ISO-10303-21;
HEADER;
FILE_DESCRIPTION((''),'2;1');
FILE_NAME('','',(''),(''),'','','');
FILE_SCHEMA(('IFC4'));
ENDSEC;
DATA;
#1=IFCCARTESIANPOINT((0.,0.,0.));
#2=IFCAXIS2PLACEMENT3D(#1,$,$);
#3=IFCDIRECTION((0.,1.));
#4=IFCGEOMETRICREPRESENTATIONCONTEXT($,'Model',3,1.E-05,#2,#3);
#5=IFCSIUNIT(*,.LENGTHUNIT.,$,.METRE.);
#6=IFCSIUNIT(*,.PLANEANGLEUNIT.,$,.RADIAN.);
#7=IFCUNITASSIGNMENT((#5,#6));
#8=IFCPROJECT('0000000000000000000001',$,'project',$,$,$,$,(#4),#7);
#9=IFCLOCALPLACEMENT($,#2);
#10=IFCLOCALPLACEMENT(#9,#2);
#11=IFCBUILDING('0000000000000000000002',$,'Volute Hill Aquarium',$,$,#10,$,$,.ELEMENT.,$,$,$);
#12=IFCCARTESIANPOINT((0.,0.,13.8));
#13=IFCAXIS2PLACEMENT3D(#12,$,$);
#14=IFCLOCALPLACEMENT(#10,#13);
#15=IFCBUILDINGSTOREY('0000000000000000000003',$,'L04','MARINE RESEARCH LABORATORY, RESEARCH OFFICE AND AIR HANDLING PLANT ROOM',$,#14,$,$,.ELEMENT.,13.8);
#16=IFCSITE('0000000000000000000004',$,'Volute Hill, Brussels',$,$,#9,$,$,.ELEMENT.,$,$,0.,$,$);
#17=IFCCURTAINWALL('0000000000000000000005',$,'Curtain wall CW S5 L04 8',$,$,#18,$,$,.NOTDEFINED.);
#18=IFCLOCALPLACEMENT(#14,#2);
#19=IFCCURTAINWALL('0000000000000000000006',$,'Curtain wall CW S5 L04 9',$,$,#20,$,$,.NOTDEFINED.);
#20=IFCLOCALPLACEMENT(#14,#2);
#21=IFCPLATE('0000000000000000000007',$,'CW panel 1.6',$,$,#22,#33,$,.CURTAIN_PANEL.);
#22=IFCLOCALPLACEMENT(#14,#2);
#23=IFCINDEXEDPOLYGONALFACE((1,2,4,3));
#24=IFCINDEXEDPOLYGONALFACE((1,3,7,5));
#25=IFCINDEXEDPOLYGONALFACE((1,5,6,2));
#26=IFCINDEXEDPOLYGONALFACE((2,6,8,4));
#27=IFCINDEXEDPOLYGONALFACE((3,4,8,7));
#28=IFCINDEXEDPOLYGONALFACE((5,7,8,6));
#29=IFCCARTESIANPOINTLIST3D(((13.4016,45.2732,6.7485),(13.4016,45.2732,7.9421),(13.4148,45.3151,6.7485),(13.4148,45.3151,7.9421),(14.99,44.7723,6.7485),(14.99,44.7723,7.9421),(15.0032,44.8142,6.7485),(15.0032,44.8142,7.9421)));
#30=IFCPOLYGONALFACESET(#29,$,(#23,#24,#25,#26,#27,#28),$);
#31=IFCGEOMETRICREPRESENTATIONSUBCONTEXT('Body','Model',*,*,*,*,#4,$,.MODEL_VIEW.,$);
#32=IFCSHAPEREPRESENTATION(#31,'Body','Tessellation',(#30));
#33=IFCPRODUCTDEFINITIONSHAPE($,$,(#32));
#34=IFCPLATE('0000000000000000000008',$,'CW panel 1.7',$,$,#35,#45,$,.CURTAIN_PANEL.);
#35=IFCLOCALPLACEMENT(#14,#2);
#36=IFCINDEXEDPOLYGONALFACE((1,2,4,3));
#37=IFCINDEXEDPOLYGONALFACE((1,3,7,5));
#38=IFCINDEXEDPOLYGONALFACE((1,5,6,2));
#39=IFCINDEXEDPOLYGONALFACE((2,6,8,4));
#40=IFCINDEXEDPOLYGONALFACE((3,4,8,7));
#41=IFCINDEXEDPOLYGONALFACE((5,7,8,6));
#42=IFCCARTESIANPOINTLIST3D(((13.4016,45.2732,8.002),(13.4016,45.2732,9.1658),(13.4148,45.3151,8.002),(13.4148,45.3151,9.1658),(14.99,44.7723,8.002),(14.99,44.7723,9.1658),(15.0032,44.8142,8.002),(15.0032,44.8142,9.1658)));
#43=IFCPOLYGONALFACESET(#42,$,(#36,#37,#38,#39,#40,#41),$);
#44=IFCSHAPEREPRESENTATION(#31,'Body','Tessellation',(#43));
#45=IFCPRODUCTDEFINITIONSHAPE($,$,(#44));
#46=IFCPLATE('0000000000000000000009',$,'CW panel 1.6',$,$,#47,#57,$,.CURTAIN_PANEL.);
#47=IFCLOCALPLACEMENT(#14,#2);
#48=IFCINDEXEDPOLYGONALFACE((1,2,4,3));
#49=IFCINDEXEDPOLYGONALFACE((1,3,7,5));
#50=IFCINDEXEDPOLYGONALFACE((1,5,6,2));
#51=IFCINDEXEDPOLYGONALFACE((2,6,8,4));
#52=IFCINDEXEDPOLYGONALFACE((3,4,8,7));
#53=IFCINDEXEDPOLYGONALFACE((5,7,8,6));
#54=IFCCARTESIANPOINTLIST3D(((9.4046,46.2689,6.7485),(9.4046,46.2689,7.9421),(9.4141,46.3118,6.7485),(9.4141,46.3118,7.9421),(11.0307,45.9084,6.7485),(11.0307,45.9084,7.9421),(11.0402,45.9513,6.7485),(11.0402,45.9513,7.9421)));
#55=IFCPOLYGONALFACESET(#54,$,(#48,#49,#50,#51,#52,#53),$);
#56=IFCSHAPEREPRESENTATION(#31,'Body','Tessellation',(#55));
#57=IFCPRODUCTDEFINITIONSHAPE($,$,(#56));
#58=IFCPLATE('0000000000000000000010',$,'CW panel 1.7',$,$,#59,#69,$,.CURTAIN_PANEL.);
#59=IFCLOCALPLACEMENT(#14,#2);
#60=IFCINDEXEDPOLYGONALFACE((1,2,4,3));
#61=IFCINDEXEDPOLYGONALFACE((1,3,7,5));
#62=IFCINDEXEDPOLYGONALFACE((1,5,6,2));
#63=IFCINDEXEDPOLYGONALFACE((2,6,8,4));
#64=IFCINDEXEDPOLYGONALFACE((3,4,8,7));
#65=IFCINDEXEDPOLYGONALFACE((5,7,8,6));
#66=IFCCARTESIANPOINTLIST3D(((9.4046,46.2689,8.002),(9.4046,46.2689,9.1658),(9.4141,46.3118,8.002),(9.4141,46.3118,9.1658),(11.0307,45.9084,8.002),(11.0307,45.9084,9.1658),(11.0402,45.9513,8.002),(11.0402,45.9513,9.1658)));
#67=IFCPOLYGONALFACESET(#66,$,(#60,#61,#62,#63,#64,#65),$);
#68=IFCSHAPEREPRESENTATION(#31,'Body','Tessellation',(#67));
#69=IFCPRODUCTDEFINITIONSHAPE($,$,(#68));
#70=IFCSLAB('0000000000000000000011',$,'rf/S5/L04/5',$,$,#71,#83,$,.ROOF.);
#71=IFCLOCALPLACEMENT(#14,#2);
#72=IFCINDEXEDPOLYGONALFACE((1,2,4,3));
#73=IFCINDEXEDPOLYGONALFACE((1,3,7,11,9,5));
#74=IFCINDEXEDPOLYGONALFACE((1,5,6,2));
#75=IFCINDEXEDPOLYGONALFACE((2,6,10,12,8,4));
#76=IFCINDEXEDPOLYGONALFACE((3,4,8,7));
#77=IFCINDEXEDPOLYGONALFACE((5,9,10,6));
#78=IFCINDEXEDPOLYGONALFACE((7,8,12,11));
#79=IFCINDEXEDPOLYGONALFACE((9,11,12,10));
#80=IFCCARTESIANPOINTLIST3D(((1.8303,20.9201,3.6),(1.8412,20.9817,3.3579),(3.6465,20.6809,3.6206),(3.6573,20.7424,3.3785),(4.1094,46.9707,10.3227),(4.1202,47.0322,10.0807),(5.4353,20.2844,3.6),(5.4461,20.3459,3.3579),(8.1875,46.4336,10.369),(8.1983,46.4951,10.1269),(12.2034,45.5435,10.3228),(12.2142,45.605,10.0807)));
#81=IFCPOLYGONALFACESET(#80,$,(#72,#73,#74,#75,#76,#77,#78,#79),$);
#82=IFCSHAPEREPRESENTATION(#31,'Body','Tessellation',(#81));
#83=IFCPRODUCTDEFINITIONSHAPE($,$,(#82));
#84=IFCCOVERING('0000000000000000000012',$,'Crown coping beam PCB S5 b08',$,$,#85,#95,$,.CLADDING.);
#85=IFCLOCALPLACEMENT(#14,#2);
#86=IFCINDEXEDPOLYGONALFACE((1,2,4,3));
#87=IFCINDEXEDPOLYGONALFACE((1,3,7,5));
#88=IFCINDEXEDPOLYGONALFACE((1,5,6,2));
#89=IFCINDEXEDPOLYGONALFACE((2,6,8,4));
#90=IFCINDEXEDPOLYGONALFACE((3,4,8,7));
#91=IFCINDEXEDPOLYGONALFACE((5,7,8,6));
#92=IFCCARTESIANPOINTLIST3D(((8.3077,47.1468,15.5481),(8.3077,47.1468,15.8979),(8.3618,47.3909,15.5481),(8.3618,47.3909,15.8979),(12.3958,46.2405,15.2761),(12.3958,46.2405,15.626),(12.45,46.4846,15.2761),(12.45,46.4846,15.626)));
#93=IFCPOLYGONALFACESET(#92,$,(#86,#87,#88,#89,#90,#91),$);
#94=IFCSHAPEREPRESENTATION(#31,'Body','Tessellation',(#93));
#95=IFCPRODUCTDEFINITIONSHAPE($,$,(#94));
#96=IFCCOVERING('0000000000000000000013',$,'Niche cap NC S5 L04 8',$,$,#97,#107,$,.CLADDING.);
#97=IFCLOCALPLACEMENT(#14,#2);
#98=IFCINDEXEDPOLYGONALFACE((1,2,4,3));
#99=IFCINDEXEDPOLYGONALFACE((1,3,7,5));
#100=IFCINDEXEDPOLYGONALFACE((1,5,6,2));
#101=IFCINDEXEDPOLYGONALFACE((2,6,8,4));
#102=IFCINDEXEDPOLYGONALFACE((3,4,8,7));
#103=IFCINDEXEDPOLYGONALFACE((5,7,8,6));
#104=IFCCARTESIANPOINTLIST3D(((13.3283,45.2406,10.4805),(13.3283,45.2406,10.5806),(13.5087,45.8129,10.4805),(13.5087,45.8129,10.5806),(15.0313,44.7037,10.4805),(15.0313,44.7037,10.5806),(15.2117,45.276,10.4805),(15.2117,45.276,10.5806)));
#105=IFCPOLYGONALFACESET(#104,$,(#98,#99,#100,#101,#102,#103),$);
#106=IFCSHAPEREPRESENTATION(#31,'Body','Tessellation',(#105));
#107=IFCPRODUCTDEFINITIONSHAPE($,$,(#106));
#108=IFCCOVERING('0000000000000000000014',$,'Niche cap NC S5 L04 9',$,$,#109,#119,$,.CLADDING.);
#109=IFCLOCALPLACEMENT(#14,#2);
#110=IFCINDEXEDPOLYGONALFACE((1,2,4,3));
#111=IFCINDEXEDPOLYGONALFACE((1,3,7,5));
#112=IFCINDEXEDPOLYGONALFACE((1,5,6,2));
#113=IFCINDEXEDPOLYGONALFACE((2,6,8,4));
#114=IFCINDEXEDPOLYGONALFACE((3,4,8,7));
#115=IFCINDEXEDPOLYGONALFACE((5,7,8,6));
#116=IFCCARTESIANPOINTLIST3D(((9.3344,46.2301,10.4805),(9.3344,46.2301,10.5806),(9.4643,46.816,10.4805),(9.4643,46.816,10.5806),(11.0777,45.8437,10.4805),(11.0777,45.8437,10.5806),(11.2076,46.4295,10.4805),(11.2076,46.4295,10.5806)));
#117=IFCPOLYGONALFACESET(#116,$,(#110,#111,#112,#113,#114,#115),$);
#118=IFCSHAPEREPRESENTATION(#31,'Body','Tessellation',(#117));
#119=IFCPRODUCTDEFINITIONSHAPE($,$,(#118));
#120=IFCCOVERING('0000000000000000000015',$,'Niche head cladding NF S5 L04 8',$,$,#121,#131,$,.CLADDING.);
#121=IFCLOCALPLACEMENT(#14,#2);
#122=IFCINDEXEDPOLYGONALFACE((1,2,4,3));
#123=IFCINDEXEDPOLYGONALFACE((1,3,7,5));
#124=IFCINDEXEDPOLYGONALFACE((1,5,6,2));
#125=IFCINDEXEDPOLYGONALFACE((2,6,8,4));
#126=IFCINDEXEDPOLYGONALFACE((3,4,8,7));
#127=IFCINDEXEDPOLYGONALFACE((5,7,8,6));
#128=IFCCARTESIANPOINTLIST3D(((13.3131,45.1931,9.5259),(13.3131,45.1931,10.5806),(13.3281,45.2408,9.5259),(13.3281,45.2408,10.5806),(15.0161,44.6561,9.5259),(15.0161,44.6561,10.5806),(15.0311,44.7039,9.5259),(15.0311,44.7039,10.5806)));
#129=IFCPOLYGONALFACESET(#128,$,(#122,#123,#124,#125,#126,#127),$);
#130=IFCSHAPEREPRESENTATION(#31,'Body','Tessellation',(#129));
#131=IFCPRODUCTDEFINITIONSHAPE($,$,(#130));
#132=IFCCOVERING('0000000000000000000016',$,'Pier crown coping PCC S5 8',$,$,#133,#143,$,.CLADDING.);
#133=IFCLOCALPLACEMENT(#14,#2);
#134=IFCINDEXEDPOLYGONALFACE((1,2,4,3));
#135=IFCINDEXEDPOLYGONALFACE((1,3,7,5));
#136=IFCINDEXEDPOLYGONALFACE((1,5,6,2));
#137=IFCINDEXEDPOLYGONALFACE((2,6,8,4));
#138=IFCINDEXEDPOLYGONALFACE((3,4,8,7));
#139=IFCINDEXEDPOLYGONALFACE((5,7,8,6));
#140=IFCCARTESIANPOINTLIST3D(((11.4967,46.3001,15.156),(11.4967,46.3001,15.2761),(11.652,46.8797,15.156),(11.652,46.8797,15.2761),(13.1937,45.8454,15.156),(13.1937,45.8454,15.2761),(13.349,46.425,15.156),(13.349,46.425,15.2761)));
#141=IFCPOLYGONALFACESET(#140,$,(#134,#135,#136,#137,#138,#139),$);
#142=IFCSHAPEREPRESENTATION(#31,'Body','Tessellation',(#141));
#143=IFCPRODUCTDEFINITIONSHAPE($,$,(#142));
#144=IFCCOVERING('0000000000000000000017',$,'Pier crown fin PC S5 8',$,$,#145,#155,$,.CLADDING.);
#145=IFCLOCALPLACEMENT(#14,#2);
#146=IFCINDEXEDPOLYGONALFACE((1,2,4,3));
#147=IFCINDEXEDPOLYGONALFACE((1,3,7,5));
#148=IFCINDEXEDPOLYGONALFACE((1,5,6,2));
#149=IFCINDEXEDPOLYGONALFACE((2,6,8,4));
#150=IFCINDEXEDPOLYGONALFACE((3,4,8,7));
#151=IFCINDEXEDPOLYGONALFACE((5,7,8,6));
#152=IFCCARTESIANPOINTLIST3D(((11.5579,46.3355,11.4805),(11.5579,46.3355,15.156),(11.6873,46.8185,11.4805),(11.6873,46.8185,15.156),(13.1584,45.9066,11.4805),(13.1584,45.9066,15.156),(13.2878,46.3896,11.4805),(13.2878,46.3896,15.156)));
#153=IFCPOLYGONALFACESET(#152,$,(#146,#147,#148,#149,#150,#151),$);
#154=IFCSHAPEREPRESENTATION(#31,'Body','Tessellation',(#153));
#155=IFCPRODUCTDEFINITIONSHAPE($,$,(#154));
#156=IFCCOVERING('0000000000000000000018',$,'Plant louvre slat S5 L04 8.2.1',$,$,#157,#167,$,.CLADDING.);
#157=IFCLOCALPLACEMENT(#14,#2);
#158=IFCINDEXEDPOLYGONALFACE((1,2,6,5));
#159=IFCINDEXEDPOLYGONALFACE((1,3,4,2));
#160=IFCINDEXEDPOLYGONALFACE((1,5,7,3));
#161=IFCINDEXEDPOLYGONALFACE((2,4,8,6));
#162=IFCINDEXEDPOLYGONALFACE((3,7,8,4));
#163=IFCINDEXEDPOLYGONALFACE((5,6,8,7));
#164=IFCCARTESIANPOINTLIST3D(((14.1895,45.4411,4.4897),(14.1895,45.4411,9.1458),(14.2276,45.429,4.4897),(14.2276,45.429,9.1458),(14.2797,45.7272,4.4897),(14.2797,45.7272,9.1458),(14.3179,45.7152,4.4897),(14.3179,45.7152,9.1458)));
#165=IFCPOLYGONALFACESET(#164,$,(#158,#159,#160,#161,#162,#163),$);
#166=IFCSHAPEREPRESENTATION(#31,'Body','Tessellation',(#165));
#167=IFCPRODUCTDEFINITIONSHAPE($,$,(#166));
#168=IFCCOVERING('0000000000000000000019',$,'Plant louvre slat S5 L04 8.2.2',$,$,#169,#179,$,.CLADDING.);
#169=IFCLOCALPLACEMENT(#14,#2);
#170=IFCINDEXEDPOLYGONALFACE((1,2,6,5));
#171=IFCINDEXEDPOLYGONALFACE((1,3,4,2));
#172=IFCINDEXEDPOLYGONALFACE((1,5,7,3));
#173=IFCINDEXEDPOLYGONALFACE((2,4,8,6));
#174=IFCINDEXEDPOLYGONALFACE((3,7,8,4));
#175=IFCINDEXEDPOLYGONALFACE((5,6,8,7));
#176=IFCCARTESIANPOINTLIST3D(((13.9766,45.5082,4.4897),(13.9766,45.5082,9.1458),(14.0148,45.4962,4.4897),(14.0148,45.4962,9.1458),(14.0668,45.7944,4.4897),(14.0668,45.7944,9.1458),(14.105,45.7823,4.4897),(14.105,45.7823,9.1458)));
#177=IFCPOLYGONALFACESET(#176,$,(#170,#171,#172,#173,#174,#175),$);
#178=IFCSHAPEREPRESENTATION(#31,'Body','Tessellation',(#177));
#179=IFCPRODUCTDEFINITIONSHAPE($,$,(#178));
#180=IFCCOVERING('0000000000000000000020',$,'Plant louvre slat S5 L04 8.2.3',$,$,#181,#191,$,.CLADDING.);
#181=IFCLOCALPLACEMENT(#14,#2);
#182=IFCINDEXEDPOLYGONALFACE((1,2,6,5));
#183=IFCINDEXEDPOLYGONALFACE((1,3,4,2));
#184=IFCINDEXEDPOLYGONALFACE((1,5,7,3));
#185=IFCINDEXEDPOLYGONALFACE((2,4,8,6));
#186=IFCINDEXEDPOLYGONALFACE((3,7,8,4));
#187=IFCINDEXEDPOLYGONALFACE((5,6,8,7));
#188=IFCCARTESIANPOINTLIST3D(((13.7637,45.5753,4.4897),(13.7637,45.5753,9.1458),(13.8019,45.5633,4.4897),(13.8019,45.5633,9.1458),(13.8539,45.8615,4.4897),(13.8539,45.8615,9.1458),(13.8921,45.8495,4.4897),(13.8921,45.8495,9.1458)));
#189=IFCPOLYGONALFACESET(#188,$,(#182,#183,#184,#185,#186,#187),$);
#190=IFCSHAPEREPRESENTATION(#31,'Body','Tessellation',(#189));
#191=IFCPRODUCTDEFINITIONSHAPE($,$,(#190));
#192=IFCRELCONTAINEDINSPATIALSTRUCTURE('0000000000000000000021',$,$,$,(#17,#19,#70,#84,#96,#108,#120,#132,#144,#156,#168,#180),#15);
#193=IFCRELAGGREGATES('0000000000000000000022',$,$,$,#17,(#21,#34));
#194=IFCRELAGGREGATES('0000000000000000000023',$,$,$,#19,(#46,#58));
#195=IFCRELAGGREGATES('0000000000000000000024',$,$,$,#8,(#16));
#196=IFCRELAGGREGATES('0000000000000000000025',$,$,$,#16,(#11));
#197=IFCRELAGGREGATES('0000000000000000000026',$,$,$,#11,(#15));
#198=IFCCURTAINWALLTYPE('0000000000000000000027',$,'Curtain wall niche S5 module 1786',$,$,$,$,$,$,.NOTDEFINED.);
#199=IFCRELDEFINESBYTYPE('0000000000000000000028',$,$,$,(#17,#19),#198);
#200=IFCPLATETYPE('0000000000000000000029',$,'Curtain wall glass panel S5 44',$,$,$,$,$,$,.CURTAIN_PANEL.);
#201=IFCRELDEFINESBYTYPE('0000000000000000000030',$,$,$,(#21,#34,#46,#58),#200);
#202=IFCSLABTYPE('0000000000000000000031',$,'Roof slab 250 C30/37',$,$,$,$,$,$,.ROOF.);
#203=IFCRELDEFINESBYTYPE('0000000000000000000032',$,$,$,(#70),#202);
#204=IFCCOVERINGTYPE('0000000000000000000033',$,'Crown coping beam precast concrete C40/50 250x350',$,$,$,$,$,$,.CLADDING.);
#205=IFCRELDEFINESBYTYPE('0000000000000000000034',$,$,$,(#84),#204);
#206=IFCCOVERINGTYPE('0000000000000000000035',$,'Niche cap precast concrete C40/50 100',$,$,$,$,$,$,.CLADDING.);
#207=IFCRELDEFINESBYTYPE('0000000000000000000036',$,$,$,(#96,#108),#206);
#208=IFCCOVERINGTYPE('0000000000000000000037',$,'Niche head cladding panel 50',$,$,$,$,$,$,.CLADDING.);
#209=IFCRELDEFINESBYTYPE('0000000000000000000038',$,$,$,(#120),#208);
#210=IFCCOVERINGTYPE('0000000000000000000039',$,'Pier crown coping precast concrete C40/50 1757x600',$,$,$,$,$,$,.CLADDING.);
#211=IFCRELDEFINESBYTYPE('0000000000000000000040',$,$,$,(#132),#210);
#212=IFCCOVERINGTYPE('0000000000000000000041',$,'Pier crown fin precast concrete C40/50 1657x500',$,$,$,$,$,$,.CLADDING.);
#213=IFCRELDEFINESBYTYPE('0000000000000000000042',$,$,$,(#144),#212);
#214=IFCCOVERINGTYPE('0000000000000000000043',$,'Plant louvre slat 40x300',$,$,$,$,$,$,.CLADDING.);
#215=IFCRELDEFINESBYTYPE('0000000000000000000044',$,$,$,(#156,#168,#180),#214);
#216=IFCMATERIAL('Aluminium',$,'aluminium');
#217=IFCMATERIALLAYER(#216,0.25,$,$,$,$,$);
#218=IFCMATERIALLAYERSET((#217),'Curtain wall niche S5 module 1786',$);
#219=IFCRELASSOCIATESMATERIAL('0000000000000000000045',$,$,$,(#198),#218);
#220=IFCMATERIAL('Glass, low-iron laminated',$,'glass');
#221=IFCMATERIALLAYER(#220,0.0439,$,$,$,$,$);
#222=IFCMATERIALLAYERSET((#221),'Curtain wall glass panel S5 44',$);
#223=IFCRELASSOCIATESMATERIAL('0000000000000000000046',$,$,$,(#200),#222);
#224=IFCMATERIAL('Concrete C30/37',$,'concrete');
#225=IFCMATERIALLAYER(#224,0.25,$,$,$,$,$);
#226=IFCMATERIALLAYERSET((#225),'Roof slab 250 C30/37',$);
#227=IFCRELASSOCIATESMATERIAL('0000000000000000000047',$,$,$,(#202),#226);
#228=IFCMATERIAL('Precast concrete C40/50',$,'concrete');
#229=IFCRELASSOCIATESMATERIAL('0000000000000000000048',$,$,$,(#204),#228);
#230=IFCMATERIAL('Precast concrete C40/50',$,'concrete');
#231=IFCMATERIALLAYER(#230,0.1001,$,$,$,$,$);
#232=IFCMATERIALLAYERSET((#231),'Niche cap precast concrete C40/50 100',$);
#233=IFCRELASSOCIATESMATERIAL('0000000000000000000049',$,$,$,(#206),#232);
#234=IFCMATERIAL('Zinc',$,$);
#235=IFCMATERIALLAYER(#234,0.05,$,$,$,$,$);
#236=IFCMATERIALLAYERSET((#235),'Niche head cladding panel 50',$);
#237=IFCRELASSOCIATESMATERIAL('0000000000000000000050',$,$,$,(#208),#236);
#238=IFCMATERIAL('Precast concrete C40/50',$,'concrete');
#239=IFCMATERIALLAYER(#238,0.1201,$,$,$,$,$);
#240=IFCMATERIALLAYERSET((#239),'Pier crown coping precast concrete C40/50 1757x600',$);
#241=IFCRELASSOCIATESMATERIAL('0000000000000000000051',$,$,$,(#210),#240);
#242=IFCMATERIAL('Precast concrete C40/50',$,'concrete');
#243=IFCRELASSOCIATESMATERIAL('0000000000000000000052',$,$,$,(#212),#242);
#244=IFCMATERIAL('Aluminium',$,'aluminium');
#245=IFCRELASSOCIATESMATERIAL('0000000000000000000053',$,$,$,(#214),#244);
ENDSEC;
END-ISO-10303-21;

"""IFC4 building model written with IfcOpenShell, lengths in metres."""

from ifc_helpers import new_model, si_unit, direction, frame, origin, origin_2d, place, context, subcontext, project, spatial, polyline, rectangle, outline, extrude, material, layer, layer_set, type_object, element, aggregate, save


model = new_model("IFC4")

# Units and contexts
model_context = context("Model", 3, precision=1e-05, world=origin(), true_north=direction((0.0, 1.0)))
body_context = subcontext(model_context, "Body", "Model", "MODEL_VIEW")
ifc_project = project(units=[si_unit("LENGTHUNIT", "METRE"), si_unit("PLANEANGLEUNIT", "RADIAN")], contexts=[model_context])

# Site, building, storey
site_placement = place(None, origin())
site = spatial("IfcSite", under=ifc_project, at=site_placement, Name="Volute Hill, Brussels", CompositionType="ELEMENT", RefElevation=0.0)
building_placement = place(site_placement, origin())
building = spatial("IfcBuilding", under=site, at=building_placement, Name="Volute Hill Aquarium", CompositionType="ELEMENT")
storey_placement = place(building_placement, frame((0.0, 0.0, 13.8)))
storey = spatial("IfcBuildingStorey", under=building, at=storey_placement, Name="L04", Description="MARINE RESEARCH LABORATORY, RESEARCH OFFICE AND AIR HANDLING PLANT ROOM", CompositionType="ELEMENT", Elevation=13.8)

# Curtain walls
ifc_material_1 = material(Name="Aluminium", Category="aluminium")
ifc_layer_1 = layer(ifc_material_1, 0.25)
ifc_layer_set_1 = layer_set([ifc_layer_1], Name="Curtain wall niche S5 module 1786")
curtain_wall_type = type_object("IfcCurtainWallType", Name="Curtain wall niche S5 module 1786", PredefinedType="NOTDEFINED", material=ifc_layer_set_1)
curtain_wall_1_placement = place(storey_placement, origin())
curtain_wall_1 = element("IfcCurtainWall", 1, at=curtain_wall_1_placement, inside=storey, type_object=curtain_wall_type, Name="Curtain wall CW S5 L04 8", PredefinedType="NOTDEFINED")
curtain_wall_2_placement = place(storey_placement, origin())
curtain_wall_2 = element("IfcCurtainWall", 2, at=curtain_wall_2_placement, inside=storey, type_object=curtain_wall_type, Name="Curtain wall CW S5 L04 9", PredefinedType="NOTDEFINED")

# Plates
ifc_material_2 = material(Name="Glass, low-iron laminated", Category="glass")
ifc_layer_2 = layer(ifc_material_2, 0.0439)
ifc_layer_set_2 = layer_set([ifc_layer_2], Name="Curtain wall glass panel S5 44")
plate_type = type_object("IfcPlateType", Name="Curtain wall glass panel S5 44", PredefinedType="CURTAIN_PANEL", material=ifc_layer_set_2)
plate_1_placement = place(storey_placement, frame((14.2024, 45.0437, 6.7485), z_axis=(0.0, 0.0, 1.0), x_axis=(-0.953718, 0.300704, 0.0)))
plate_1 = element("IfcPlate", 3, at=plate_1_placement, type_object=plate_type, Name="CW panel 1.6", PredefinedType="CURTAIN_PANEL", context=body_context, shape_type="SweptSolid", body=[
    extrude(rectangle(XDim=1.6655, YDim=0.0439, at=origin_2d()), origin(), (0.0, 0.0, 1.0), 1.1936),
])
plate_2_placement = place(storey_placement, frame((14.2024, 45.0437, 8.002), z_axis=(0.0, 0.0, 1.0), x_axis=(-0.953718, 0.300704, 0.0)))
plate_2 = element("IfcPlate", 4, at=plate_2_placement, type_object=plate_type, Name="CW panel 1.7", PredefinedType="CURTAIN_PANEL", context=body_context, shape_type="SweptSolid", body=[
    extrude(rectangle(XDim=1.6655, YDim=0.0439, at=origin_2d()), origin(), (0.0, 0.0, 1.0), 1.1638),
])
aggregate(curtain_wall_1, [plate_1, plate_2])
plate_3_placement = place(storey_placement, frame((10.2224, 46.1101, 6.7485), z_axis=(0.0, 0.0, 1.0), x_axis=(-0.9763, 0.216422, 0.0)))
plate_3 = element("IfcPlate", 5, at=plate_3_placement, type_object=plate_type, Name="CW panel 1.6", PredefinedType="CURTAIN_PANEL", context=body_context, shape_type="SweptSolid", body=[
    extrude(rectangle(XDim=1.6655, YDim=0.0439, at=origin_2d()), origin(), (0.0, 0.0, 1.0), 1.1936),
])
plate_4_placement = place(storey_placement, frame((10.2224, 46.1101, 8.002), z_axis=(0.0, 0.0, 1.0), x_axis=(-0.9763, 0.216422, 0.0)))
plate_4 = element("IfcPlate", 6, at=plate_4_placement, type_object=plate_type, Name="CW panel 1.7", PredefinedType="CURTAIN_PANEL", context=body_context, shape_type="SweptSolid", body=[
    extrude(rectangle(XDim=1.6655, YDim=0.0439, at=origin_2d()), origin(), (0.0, 0.0, 1.0), 1.1638),
])
aggregate(curtain_wall_2, [plate_3, plate_4])

# Slab
ifc_material_3 = material(Name="Concrete C30/37", Category="concrete")
ifc_layer_3 = layer(ifc_material_3, 0.25)
ifc_layer_set_3 = layer_set([ifc_layer_3], Name="Roof slab 250 C30/37")
slab_type = type_object("IfcSlabType", Name="Roof slab 250 C30/37", PredefinedType="ROOF", material=ifc_layer_set_3)
slab_placement = place(storey_placement, frame((12.2034, 45.5435, 10.3228), z_axis=(-0.043394, -0.246083, 0.968277), x_axis=(-0.976244, 0.216383, 0.011242)))
element("IfcSlab", 7, at=slab_placement, inside=storey, type_object=slab_type, Name="rf/S5/L04/5", PredefinedType="ROOF", context=body_context, shape_type="SweptSolid", body=[
    extrude(outline(polyline([(0.0, 0.0), (4.1136, 0.0), (8.2105, 0.3698), (4.723, 27.144), (2.8984, 26.9793), (1.0661, 26.9794), (0.0, 0.0)])), origin(), (0.0, 0.0, -1.0), 0.25),
])

# Coverings
ifc_material_4 = material(Name="Precast concrete C40/50", Category="concrete")
covering_type_1 = type_object("IfcCoveringType", Name="Crown coping beam precast concrete C40/50 250x350", PredefinedType="CLADDING", material=ifc_material_4)
covering_1_placement = place(storey_placement, frame((12.45, 46.4846, 15.2761), z_axis=(0.216424, 0.976299, 0.0), x_axis=(-0.974247, 0.215969, 0.064814)))
element("IfcCovering", 8, at=covering_1_placement, inside=storey, type_object=covering_type_1, Name="Crown coping beam PCB S5 b08", PredefinedType="CLADDING", context=body_context, shape_type="SweptSolid", body=[
    extrude(outline(polyline([(0.0, 0.0), (4.1962, 0.0), (4.2189, 0.3491), (0.0227, 0.3491), (0.0, 0.0)])), origin(), (0.0, 0.0, -1.0), 0.25),
])
ifc_material_5 = material(Name="Precast concrete C40/50", Category="concrete")
ifc_layer_4 = layer(ifc_material_5, 0.1001)
ifc_layer_set_4 = layer_set([ifc_layer_4], Name="Niche cap precast concrete C40/50 100")
covering_type_2 = type_object("IfcCoveringType", Name="Niche cap precast concrete C40/50 100", PredefinedType="CLADDING", material=ifc_layer_set_4)
for number, where, z_axis, x_axis, name in (
    (9, (14.27, 45.2583, 10.4805), (0.0, 0.0, 1.0), (-0.953718, 0.300704, 0.0), "Niche cap NC S5 L04 8"),
    (10, (10.271, 46.3298, 10.4805), (0.0, 0.0, 1.0), (-0.9763, 0.216423, 0.0), "Niche cap NC S5 L04 9"),
):
    element("IfcCovering", number, at=place(storey_placement, frame(where, z_axis=z_axis, x_axis=x_axis)), inside=storey, type_object=covering_type_2, Name=name, PredefinedType="CLADDING", context=body_context, shape_type="SweptSolid", body=[
        extrude(rectangle(XDim=1.7856, YDim=0.6001, at=origin_2d()), origin(), (0.0, 0.0, 1.0), 0.1001),
    ])
ifc_material_6 = material(Name="Zinc")
ifc_layer_5 = layer(ifc_material_6, 0.05)
ifc_layer_set_5 = layer_set([ifc_layer_5], Name="Niche head cladding panel 50")
covering_type_3 = type_object("IfcCoveringType", Name="Niche head cladding panel 50", PredefinedType="CLADDING", material=ifc_layer_set_5)
covering_2_placement = place(storey_placement, frame((14.1721, 44.9485, 9.5259), z_axis=(0.0, 0.0, 1.0), x_axis=(-0.953718, 0.300704, 0.0)))
element("IfcCovering", 11, at=covering_2_placement, inside=storey, type_object=covering_type_3, Name="Niche head cladding NF S5 L04 8", PredefinedType="CLADDING", context=body_context, shape_type="SweptSolid", body=[
    extrude(rectangle(XDim=1.7856, YDim=0.05, at=origin_2d()), origin(), (0.0, 0.0, 1.0), 1.0547),
])
ifc_material_7 = material(Name="Precast concrete C40/50", Category="concrete")
ifc_layer_6 = layer(ifc_material_7, 0.1201)
ifc_layer_set_6 = layer_set([ifc_layer_6], Name="Pier crown coping precast concrete C40/50 1757x600")
covering_type_4 = type_object("IfcCoveringType", Name="Pier crown coping precast concrete C40/50 1757x600", PredefinedType="CLADDING", material=ifc_layer_set_6)
covering_3_placement = place(storey_placement, frame((12.4229, 46.3625, 15.156), z_axis=(0.0, 0.0, 1.0), x_axis=(-0.965926, 0.258819, 0.0)))
element("IfcCovering", 12, at=covering_3_placement, inside=storey, type_object=covering_type_4, Name="Pier crown coping PCC S5 8", PredefinedType="CLADDING", context=body_context, shape_type="SweptSolid", body=[
    extrude(rectangle(XDim=1.7568, YDim=0.6001, at=origin_2d()), origin(), (0.0, 0.0, 1.0), 0.1201),
])
ifc_material_8 = material(Name="Precast concrete C40/50", Category="concrete")
covering_type_5 = type_object("IfcCoveringType", Name="Pier crown fin precast concrete C40/50 1657x500", PredefinedType="CLADDING", material=ifc_material_8)
covering_4_placement = place(storey_placement, frame((12.4229, 46.3625, 11.4805), z_axis=(0.0, 0.0, 1.0), x_axis=(-0.965926, 0.258819, 0.0)))
element("IfcCovering", 13, at=covering_4_placement, inside=storey, type_object=covering_type_5, Name="Pier crown fin PC S5 8", PredefinedType="CLADDING", context=body_context, shape_type="SweptSolid", body=[
    extrude(rectangle(XDim=1.657, YDim=0.5, at=origin_2d()), origin(), (0.0, 0.0, 1.0), 3.6755),
])
ifc_material_9 = material(Name="Aluminium", Category="aluminium")
covering_type_6 = type_object("IfcCoveringType", Name="Plant louvre slat 40x300", PredefinedType="CLADDING", material=ifc_material_9)
for number, where, z_axis, x_axis, name in (
    (14, (14.2537, 45.5781, 4.4897), (0.0, 0.0, 1.0), (-0.953718, 0.300704, 0.0), "Plant louvre slat S5 L04 8.2.1"),
    (15, (14.0408, 45.6453, 4.4897), (0.0, 0.0, 1.0), (-0.953718, 0.300704, 0.0), "Plant louvre slat S5 L04 8.2.2"),
    (16, (13.8279, 45.7124, 4.4897), (0.0, 0.0, 1.0), (-0.953718, 0.300704, 0.0), "Plant louvre slat S5 L04 8.2.3"),
):
    element("IfcCovering", number, at=place(storey_placement, frame(where, z_axis=z_axis, x_axis=x_axis)), inside=storey, type_object=covering_type_6, Name=name, PredefinedType="CLADDING", context=body_context, shape_type="SweptSolid", body=[
        extrude(rectangle(XDim=0.04, YDim=0.3, at=origin_2d()), origin(), (0.0, 0.0, 1.0), 4.656),
    ])

save(model, "model.ifc")
